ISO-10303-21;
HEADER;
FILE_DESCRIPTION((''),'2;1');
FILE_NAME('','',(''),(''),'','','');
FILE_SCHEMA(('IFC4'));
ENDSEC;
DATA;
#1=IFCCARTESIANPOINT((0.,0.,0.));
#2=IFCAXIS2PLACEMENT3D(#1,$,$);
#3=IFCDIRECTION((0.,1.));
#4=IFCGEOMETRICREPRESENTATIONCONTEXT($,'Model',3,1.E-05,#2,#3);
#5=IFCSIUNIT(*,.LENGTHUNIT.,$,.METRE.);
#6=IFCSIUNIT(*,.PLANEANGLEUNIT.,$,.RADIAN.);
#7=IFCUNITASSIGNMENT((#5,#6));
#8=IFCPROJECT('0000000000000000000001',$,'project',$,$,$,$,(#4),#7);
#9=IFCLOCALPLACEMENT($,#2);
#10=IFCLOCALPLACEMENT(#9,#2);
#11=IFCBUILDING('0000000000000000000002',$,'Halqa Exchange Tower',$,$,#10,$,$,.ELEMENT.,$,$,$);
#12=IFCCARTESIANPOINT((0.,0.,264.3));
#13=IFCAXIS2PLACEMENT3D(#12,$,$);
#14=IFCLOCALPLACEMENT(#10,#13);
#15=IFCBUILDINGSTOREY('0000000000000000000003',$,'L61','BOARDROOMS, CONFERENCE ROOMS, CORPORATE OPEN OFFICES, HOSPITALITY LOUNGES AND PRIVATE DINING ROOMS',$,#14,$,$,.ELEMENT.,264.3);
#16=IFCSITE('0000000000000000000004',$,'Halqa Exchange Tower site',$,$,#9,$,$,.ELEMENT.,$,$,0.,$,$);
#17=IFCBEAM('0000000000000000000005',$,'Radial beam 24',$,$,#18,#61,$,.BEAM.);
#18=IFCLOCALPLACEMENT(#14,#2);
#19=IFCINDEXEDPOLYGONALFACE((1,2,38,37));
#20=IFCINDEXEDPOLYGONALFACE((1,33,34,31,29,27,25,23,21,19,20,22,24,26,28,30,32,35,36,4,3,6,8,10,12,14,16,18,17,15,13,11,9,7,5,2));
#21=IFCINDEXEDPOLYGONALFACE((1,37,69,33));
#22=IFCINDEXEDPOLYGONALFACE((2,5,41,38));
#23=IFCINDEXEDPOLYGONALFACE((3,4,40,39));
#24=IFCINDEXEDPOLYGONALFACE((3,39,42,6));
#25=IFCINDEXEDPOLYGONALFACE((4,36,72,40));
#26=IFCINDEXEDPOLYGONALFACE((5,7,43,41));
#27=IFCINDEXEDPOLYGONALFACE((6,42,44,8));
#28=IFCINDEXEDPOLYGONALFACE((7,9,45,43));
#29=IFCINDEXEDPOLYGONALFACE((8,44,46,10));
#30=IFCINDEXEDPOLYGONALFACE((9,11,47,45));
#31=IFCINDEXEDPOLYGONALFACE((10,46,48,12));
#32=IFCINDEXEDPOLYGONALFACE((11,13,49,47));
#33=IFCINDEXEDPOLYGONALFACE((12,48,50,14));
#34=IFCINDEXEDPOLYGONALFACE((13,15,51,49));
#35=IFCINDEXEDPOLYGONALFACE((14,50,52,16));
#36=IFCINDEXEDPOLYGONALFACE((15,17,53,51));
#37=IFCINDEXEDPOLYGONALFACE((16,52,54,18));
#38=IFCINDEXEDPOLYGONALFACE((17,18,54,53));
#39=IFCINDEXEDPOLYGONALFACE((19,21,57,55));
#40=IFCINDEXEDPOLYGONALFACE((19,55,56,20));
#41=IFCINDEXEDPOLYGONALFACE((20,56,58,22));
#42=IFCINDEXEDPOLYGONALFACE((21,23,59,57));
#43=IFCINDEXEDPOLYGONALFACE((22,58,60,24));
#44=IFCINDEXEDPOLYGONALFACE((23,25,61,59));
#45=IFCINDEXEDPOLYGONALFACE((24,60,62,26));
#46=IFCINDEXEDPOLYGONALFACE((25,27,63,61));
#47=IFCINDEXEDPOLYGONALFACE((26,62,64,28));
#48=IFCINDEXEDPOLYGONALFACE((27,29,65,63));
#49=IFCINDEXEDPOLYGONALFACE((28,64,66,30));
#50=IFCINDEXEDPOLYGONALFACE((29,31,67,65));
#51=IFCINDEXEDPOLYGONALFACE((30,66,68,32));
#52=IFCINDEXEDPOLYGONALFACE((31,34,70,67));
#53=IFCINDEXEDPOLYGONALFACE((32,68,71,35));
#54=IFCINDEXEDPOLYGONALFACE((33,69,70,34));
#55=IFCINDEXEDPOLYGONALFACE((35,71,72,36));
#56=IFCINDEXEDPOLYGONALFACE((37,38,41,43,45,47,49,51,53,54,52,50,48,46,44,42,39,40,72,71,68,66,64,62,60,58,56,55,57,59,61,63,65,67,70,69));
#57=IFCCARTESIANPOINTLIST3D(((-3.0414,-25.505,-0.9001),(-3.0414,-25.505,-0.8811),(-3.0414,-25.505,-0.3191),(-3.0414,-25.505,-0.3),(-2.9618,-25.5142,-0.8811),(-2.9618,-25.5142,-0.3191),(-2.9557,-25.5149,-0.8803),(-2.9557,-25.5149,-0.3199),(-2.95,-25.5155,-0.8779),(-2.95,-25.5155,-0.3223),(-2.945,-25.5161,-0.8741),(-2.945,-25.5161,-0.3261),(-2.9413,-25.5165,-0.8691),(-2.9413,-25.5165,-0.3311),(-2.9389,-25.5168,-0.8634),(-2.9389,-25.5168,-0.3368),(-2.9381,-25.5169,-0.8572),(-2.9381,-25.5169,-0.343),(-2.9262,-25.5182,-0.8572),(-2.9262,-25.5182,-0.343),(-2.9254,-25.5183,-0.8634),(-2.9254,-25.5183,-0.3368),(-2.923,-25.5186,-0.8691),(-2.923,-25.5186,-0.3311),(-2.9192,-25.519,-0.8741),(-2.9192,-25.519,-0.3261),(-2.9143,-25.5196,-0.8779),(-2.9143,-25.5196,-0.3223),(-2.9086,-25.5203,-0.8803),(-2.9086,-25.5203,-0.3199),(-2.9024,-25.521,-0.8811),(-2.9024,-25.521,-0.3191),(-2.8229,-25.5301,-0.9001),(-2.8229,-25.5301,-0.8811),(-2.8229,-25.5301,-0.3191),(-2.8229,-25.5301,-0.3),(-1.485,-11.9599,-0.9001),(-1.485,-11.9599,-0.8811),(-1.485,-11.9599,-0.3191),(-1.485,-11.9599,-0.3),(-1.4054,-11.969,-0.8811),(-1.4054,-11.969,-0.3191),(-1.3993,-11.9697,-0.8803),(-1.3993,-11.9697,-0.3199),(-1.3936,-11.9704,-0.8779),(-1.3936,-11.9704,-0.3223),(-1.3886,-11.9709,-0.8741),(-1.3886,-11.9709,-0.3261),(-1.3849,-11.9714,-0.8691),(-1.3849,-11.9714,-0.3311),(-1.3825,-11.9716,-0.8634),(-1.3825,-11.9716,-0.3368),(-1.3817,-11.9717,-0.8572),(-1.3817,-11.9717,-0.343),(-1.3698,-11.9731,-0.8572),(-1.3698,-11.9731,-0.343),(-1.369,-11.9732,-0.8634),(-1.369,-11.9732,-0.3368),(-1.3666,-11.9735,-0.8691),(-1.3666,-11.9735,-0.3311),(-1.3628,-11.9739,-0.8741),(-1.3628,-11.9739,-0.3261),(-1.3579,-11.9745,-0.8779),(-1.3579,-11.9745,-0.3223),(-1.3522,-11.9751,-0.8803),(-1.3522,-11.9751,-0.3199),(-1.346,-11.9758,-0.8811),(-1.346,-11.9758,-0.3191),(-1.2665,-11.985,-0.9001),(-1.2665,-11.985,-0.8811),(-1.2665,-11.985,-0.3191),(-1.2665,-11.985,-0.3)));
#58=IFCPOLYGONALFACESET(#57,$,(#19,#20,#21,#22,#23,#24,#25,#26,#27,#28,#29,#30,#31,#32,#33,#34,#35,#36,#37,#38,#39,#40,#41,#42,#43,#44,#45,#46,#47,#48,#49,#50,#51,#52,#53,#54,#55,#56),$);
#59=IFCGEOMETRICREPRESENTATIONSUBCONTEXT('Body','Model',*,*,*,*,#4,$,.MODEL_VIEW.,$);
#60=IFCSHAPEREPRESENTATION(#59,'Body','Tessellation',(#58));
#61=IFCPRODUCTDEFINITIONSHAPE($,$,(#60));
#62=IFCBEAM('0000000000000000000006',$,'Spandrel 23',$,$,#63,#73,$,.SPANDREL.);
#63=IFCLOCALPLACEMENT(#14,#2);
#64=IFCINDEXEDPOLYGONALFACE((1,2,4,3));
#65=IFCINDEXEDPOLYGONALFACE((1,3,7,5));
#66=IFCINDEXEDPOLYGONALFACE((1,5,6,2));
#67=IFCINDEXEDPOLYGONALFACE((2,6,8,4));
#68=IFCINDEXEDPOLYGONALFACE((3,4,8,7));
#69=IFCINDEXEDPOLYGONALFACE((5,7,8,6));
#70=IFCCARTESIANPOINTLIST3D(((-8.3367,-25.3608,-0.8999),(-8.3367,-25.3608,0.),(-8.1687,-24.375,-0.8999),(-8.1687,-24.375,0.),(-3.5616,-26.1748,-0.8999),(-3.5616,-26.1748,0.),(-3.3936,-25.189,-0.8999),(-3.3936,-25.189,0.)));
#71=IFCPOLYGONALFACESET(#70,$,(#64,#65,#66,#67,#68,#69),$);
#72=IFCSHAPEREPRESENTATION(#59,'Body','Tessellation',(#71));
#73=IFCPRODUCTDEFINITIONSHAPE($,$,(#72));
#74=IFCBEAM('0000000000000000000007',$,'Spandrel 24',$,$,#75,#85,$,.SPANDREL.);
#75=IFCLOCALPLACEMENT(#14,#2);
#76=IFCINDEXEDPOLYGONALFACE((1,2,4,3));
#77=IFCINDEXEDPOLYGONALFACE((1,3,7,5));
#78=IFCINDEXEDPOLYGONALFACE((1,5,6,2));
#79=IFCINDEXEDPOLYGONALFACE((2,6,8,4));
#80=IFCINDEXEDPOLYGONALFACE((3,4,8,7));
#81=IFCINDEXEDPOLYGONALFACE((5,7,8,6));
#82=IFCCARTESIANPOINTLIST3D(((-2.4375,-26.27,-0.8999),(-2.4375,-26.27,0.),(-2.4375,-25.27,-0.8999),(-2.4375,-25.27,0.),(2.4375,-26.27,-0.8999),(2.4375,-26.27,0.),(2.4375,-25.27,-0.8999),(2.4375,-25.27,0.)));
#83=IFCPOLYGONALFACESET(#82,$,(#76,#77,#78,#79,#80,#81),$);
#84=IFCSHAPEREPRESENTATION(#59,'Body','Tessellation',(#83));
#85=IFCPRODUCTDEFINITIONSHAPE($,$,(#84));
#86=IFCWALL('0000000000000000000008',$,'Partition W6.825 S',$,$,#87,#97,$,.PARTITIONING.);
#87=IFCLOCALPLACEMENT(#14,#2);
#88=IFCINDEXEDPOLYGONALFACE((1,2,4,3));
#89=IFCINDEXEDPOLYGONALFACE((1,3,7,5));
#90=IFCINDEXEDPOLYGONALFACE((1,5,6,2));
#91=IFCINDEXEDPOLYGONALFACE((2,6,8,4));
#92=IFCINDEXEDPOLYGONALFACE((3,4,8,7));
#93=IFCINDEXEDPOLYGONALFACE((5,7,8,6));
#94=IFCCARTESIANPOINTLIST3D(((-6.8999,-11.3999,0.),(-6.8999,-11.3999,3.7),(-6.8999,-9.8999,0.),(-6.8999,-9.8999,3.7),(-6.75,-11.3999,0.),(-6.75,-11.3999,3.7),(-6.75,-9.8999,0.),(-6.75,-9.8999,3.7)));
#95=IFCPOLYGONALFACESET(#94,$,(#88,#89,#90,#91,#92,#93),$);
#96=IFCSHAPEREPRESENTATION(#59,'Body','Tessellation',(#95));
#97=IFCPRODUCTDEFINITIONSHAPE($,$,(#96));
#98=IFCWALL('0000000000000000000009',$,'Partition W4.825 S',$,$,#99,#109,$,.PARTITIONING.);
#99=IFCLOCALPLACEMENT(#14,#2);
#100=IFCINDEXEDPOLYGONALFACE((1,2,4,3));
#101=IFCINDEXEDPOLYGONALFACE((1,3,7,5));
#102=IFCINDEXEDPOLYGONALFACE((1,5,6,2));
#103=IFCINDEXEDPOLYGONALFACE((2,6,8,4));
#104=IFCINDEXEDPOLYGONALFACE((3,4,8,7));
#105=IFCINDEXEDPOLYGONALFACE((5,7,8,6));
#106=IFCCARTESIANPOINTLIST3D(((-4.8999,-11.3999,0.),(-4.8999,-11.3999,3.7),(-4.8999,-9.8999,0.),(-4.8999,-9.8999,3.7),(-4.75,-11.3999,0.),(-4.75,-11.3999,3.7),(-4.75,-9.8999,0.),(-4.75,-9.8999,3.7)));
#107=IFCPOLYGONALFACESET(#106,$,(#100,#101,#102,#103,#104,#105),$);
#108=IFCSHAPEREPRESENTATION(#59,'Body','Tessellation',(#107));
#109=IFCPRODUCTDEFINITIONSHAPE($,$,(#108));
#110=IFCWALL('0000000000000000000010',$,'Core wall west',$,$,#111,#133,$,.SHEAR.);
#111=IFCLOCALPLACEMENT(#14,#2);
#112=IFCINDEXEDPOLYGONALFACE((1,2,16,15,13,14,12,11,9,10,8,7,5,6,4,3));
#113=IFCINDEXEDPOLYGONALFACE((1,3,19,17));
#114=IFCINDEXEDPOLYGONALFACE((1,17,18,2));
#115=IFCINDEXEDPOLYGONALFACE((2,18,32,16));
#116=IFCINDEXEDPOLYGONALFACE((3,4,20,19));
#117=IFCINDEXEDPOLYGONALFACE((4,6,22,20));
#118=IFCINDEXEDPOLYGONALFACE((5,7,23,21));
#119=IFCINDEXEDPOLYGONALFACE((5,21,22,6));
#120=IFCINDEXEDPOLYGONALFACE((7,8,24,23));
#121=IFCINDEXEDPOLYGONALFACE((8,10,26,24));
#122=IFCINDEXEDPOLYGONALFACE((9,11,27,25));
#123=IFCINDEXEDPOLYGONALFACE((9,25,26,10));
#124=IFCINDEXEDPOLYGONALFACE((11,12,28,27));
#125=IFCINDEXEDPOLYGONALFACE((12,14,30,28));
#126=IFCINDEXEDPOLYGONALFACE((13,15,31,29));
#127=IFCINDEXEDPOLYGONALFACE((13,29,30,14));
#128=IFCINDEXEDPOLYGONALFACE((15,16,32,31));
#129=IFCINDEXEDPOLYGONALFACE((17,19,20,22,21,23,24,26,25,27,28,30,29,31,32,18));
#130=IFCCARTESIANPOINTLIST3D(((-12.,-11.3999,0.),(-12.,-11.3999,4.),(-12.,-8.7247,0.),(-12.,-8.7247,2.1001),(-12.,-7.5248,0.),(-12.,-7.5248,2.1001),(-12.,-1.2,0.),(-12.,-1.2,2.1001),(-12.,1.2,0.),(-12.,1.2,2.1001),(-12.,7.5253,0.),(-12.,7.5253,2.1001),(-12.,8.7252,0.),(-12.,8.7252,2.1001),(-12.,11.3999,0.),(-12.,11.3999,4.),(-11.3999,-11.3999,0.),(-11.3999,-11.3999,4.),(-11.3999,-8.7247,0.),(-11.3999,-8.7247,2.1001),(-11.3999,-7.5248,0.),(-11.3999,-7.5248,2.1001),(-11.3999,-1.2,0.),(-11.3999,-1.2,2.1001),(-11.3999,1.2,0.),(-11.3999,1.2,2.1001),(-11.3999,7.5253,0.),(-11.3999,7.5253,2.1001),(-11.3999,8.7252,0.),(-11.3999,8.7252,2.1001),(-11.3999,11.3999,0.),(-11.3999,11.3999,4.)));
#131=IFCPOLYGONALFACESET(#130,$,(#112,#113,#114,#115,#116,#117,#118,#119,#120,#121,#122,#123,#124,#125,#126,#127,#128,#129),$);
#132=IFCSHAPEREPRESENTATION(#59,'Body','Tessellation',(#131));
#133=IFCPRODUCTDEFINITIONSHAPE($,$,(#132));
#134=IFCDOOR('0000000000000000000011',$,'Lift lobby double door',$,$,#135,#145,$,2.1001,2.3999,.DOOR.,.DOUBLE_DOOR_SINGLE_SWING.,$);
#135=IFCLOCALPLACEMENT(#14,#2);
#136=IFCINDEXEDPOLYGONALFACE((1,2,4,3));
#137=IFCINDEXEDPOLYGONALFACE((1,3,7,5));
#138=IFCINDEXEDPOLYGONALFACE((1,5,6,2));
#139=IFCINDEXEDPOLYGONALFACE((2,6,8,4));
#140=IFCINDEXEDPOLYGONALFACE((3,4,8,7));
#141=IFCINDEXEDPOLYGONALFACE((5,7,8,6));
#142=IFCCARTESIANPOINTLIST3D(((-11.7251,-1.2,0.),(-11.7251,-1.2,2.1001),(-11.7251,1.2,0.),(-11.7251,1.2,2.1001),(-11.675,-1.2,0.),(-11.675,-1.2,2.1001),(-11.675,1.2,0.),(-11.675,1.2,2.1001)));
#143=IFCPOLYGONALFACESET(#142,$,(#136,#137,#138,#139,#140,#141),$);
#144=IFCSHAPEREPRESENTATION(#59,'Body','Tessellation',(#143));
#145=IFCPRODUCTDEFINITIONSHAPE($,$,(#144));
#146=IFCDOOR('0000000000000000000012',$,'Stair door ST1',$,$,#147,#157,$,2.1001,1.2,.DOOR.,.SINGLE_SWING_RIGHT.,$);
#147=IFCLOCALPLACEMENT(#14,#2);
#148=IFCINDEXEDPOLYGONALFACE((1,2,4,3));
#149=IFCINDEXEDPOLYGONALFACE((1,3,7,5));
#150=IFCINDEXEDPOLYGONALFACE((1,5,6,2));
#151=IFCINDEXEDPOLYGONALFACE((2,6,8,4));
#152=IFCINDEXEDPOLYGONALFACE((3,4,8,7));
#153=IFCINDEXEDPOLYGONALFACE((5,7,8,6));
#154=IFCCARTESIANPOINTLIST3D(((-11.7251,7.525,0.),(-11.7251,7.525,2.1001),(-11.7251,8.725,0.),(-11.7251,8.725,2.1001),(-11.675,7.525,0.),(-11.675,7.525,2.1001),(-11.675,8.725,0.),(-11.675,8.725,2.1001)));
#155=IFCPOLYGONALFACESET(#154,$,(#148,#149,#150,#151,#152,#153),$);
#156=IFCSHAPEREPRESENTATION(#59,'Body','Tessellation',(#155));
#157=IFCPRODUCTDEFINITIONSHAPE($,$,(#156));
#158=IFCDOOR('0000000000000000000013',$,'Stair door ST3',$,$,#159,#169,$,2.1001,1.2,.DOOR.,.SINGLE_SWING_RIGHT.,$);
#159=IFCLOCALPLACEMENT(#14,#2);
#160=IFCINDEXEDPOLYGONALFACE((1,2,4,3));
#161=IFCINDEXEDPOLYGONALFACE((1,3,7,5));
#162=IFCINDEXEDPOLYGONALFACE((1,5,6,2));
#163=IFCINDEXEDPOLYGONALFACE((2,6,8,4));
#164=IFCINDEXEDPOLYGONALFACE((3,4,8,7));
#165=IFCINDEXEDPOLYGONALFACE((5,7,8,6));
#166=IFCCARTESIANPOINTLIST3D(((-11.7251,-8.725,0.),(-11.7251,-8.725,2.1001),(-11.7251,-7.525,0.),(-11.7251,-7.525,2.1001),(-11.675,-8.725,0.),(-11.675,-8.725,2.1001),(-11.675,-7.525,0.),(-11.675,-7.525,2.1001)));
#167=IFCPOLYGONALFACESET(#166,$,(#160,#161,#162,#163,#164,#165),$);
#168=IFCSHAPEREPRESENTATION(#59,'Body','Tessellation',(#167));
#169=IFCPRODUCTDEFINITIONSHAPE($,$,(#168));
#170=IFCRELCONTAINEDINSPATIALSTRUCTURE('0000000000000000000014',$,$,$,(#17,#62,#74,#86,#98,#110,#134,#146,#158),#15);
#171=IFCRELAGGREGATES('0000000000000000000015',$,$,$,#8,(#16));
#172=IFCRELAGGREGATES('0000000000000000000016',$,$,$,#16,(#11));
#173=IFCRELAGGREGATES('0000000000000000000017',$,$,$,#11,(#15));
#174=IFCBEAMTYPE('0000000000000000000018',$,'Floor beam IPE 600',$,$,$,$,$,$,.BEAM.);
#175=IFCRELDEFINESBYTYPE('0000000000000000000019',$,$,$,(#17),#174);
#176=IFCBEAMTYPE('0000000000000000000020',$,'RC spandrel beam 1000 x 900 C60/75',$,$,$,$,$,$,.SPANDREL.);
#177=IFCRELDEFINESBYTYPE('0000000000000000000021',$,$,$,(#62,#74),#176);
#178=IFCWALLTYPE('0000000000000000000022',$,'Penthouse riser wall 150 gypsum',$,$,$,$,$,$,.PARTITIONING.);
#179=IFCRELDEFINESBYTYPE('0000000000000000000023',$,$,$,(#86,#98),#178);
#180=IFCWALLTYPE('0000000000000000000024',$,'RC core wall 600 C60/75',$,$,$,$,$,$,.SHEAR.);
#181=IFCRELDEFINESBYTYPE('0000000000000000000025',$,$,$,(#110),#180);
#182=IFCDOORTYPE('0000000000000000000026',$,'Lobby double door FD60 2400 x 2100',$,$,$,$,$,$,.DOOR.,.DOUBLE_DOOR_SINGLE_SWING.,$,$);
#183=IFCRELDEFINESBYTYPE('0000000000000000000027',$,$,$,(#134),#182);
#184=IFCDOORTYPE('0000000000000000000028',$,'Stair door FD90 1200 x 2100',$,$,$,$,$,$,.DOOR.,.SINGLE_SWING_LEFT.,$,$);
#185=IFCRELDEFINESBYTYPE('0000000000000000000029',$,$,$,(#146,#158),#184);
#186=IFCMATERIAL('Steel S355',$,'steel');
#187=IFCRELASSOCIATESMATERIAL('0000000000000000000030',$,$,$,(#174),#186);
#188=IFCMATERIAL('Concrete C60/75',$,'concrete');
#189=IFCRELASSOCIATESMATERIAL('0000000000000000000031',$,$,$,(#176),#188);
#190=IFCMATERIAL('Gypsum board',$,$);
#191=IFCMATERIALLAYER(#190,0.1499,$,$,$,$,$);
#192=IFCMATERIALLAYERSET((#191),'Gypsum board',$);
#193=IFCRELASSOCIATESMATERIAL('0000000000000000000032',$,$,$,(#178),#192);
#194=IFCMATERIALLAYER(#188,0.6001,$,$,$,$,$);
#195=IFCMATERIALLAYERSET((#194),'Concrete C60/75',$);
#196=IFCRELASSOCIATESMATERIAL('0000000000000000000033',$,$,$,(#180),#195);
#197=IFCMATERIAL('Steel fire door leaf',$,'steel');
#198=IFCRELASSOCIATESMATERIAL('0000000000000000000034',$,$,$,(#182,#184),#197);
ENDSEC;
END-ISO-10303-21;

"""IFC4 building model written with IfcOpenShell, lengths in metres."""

from ifc_helpers import new_model, si_unit, direction, frame, frame_2d, origin, origin_2d, place, context, subcontext, project, spatial, rectangle, i_section, extrude, material, layer, layer_set, material_profile, profile_set, type_object, element, fill, save


model = new_model("IFC4")

# Units and contexts
model_context = context("Model", 3, precision=1e-05, world=origin(), true_north=direction((0.0, 1.0)))
body_context = subcontext(model_context, "Body", "Model", "MODEL_VIEW")
ifc_project = project(units=[si_unit("LENGTHUNIT", "METRE"), si_unit("PLANEANGLEUNIT", "RADIAN")], contexts=[model_context])

# Site, building, storey
site_placement = place(None, origin())
site = spatial("IfcSite", under=ifc_project, at=site_placement, Name="Halqa Exchange Tower site", CompositionType="ELEMENT", RefElevation=0.0)
building_placement = place(site_placement, origin())
building = spatial("IfcBuilding", under=site, at=building_placement, Name="Halqa Exchange Tower", CompositionType="ELEMENT")
storey_placement = place(building_placement, frame((0.0, 0.0, 264.3)))
storey = spatial("IfcBuildingStorey", under=building, at=storey_placement, Name="L61", Description="BOARDROOMS, CONFERENCE ROOMS, CORPORATE OPEN OFFICES, HOSPITALITY LOUNGES AND PRIVATE DINING ROOMS", CompositionType="ELEMENT", Elevation=264.3)

# Shared definitions
ifc_material_1 = material(Name="Concrete C60/75", Category="concrete")

# Beams
ifc_material_2 = material(Name="Steel S355", Category="steel")
ifc_material_profile_1 = material_profile(ifc_material_2, i_section(OverallWidth=0.22, OverallDepth=0.6001, WebThickness=0.012, FlangeThickness=0.019, FilletRadius=0.0239, at=origin_2d()), Name="IPE 600")
ifc_profile_set_1 = profile_set([ifc_material_profile_1], Name="Steel S355")
beam_type_1 = type_object("IfcBeamType", Name="Floor beam IPE 600", PredefinedType="BEAM", material=ifc_profile_set_1)
beam_1_placement = place(storey_placement, frame((-1.3757, -11.9724, -0.6001), z_axis=(-0.114153, -0.993463, 0.0), x_axis=(0.993463, -0.114153, 0.0)))
element("IfcBeam", 1, at=beam_1_placement, inside=storey, type_object=beam_type_1, Name="Radial beam 24", PredefinedType="BEAM", context=body_context, shape_type="SweptSolid", body=[
    extrude(i_section(OverallWidth=0.22, OverallDepth=0.6001, WebThickness=0.012, FlangeThickness=0.019, FilletRadius=0.0239, at=origin_2d()), origin(), (0.0, 0.0, 1.0), 13.6343),
])
ifc_material_profile_2 = material_profile(ifc_material_1, rectangle(XDim=1.0, YDim=0.8999, at=origin_2d()), Name="1000 x 900")
ifc_profile_set_2 = profile_set([ifc_material_profile_2], Name="Concrete C60/75")
beam_type_2 = type_object("IfcBeamType", Name="RC spandrel beam 1000 x 900 C60/75", PredefinedType="SPANDREL", material=ifc_profile_set_2)
beam_2_placement = place(storey_placement, frame((-8.2527, -24.8679, -0.45), z_axis=(0.985781, -0.168035, 0.0), x_axis=(0.168035, 0.985781, 0.0)))
element("IfcBeam", 2, at=beam_2_placement, inside=storey, type_object=beam_type_2, Name="Spandrel 23", PredefinedType="SPANDREL", context=body_context, shape_type="SweptSolid", body=[
    extrude(rectangle(XDim=1.0, YDim=0.8999, at=origin_2d()), origin(), (0.0, 0.0, 1.0), 4.844),
])
beam_3_placement = place(storey_placement, frame((-2.4375, -25.77, -0.45), z_axis=(1.0, 0.0, 0.0), x_axis=(0.0, 1.0, 0.0)))
element("IfcBeam", 3, at=beam_3_placement, inside=storey, type_object=beam_type_2, Name="Spandrel 24", PredefinedType="SPANDREL", context=body_context, shape_type="SweptSolid", body=[
    extrude(rectangle(XDim=1.0, YDim=0.8999, at=origin_2d()), origin(), (0.0, 0.0, 1.0), 4.875),
])

# Walls
ifc_material_3 = material(Name="Gypsum board")
ifc_layer_1 = layer(ifc_material_3, 0.1499)
ifc_layer_set_1 = layer_set([ifc_layer_1], Name="Gypsum board")
wall_type_1 = type_object("IfcWallType", Name="Penthouse riser wall 150 gypsum", PredefinedType="PARTITIONING", material=ifc_layer_set_1)
for number, where, z_axis, x_axis, name in (
    (4, (-6.825, -11.3999, 0.0), (0.0, 0.0, 1.0), (0.0, 1.0, 0.0), "Partition W6.825 S"),
    (5, (-4.825, -11.3999, 0.0), (0.0, 0.0, 1.0), (0.0, 1.0, 0.0), "Partition W4.825 S"),
):
    element("IfcWall", number, at=place(storey_placement, frame(where, z_axis=z_axis, x_axis=x_axis)), inside=storey, type_object=wall_type_1, Name=name, PredefinedType="PARTITIONING", context=body_context, shape_type="SweptSolid", body=[
        extrude(rectangle(XDim=1.5, YDim=0.1499, at=frame_2d((0.75, 0.0))), origin(), (0.0, 0.0, 1.0), 3.7),
    ])

# Wall, openings, doors
ifc_layer_2 = layer(ifc_material_1, 0.6001)
ifc_layer_set_2 = layer_set([ifc_layer_2], Name="Concrete C60/75")
wall_type_2 = type_object("IfcWallType", Name="RC core wall 600 C60/75", PredefinedType="SHEAR", material=ifc_layer_set_2)
wall_1_placement = place(storey_placement, frame((-11.7, -11.3999, 0.0), z_axis=(0.0, 0.0, 1.0), x_axis=(0.0, 1.0, 0.0)))
wall_1 = element("IfcWall", 6, at=wall_1_placement, inside=storey, type_object=wall_type_2, Name="Core wall west", PredefinedType="SHEAR", context=body_context, shape_type="SweptSolid", body=[
    extrude(rectangle(XDim=22.7998, YDim=0.6001, at=frame_2d((11.3999, 0.0))), origin(), (0.0, 0.0, 1.0), 4.0),
])
opening_1_placement = place(wall_1_placement, frame((10.2, 0.0, 0.0)))
opening_1 = element("IfcOpeningElement", 7, at=opening_1_placement, cuts=wall_1, PredefinedType="OPENING", context=body_context, shape_type="SweptSolid", body=[
    extrude(rectangle(XDim=2.3999, YDim=2.1001, at=frame_2d((1.2, 1.05))), frame((0.0, 0.312, 0.0), z_axis=(0.0, -1.0, 0.0), x_axis=(1.0, 0.0, 0.0)), (0.0, 0.0, 1.0), 0.624),
])
opening_2_placement = place(wall_1_placement, frame((18.925, 0.0, 0.0)))
opening_2 = element("IfcOpeningElement", 8, at=opening_2_placement, cuts=wall_1, PredefinedType="OPENING", context=body_context, shape_type="SweptSolid", body=[
    extrude(rectangle(XDim=1.2, YDim=2.1001, at=frame_2d((0.6001, 1.05))), frame((0.0, 0.312, 0.0), z_axis=(0.0, -1.0, 0.0), x_axis=(1.0, 0.0, 0.0)), (0.0, 0.0, 1.0), 0.624),
])
opening_3_placement = place(wall_1_placement, frame((2.675, 0.0, 0.0)))
opening_3 = element("IfcOpeningElement", 9, at=opening_3_placement, cuts=wall_1, PredefinedType="OPENING", context=body_context, shape_type="SweptSolid", body=[
    extrude(rectangle(XDim=1.2, YDim=2.1001, at=frame_2d((0.6001, 1.05))), frame((0.0, 0.312, 0.0), z_axis=(0.0, -1.0, 0.0), x_axis=(1.0, 0.0, 0.0)), (0.0, 0.0, 1.0), 0.624),
])
ifc_material_4 = material(Name="Steel fire door leaf", Category="steel")
door_type_1 = type_object("IfcDoorType", Name="Lobby double door FD60 2400 x 2100", OperationType="DOUBLE_DOOR_SINGLE_SWING", PredefinedType="DOOR", material=ifc_material_4)
door_1_placement = place(opening_1_placement, frame((2.3999, 0.0, 0.0), z_axis=(0.0, 0.0, 1.0), x_axis=(-1.0, 0.0, 0.0)))
door_1 = element("IfcDoor", 10, at=door_1_placement, inside=storey, type_object=door_type_1, Name="Lift lobby double door", OperationType="DOUBLE_DOOR_SINGLE_SWING", OverallHeight=2.1001, OverallWidth=2.3999, PredefinedType="DOOR", context=body_context, shape_type="SweptSolid", body=[
    extrude(rectangle(XDim=2.3999, YDim=2.1001, at=frame_2d((1.2, 1.05))), frame((0.0, 0.0249, 0.0), z_axis=(0.0, -1.0, 0.0), x_axis=(1.0, 0.0, 0.0)), (0.0, 0.0, 1.0), 0.05),
])
fill(opening_1, door_1)
door_type_2 = type_object("IfcDoorType", Name="Stair door FD90 1200 x 2100", OperationType="SINGLE_SWING_LEFT", PredefinedType="DOOR", material=ifc_material_4)
door_2_placement = place(opening_2_placement, frame((1.2, 0.0, 0.0), z_axis=(0.0, 0.0, 1.0), x_axis=(-1.0, 0.0, 0.0)))
door_2 = element("IfcDoor", 11, at=door_2_placement, inside=storey, type_object=door_type_2, Name="Stair door ST1", OperationType="SINGLE_SWING_RIGHT", OverallHeight=2.1001, OverallWidth=1.2, PredefinedType="DOOR", context=body_context, shape_type="SweptSolid", body=[
    extrude(rectangle(XDim=1.2, YDim=2.1001, at=frame_2d((0.6001, 1.05))), frame((0.0, 0.0249, 0.0), z_axis=(0.0, -1.0, 0.0), x_axis=(1.0, 0.0, 0.0)), (0.0, 0.0, 1.0), 0.05),
])
fill(opening_2, door_2)
door_3_placement = place(opening_3_placement, frame((1.2, 0.0, 0.0), z_axis=(0.0, 0.0, 1.0), x_axis=(-1.0, 0.0, 0.0)))
door_3 = element("IfcDoor", 12, at=door_3_placement, inside=storey, type_object=door_type_2, Name="Stair door ST3", OperationType="SINGLE_SWING_RIGHT", OverallHeight=2.1001, OverallWidth=1.2, PredefinedType="DOOR", context=body_context, shape_type="SweptSolid", body=[
    extrude(rectangle(XDim=1.2, YDim=2.1001, at=frame_2d((0.6001, 1.05))), frame((0.0, 0.0249, 0.0), z_axis=(0.0, -1.0, 0.0), x_axis=(1.0, 0.0, 0.0)), (0.0, 0.0, 1.0), 0.05),
])
fill(opening_3, door_3)

save(model, "model.ifc")
